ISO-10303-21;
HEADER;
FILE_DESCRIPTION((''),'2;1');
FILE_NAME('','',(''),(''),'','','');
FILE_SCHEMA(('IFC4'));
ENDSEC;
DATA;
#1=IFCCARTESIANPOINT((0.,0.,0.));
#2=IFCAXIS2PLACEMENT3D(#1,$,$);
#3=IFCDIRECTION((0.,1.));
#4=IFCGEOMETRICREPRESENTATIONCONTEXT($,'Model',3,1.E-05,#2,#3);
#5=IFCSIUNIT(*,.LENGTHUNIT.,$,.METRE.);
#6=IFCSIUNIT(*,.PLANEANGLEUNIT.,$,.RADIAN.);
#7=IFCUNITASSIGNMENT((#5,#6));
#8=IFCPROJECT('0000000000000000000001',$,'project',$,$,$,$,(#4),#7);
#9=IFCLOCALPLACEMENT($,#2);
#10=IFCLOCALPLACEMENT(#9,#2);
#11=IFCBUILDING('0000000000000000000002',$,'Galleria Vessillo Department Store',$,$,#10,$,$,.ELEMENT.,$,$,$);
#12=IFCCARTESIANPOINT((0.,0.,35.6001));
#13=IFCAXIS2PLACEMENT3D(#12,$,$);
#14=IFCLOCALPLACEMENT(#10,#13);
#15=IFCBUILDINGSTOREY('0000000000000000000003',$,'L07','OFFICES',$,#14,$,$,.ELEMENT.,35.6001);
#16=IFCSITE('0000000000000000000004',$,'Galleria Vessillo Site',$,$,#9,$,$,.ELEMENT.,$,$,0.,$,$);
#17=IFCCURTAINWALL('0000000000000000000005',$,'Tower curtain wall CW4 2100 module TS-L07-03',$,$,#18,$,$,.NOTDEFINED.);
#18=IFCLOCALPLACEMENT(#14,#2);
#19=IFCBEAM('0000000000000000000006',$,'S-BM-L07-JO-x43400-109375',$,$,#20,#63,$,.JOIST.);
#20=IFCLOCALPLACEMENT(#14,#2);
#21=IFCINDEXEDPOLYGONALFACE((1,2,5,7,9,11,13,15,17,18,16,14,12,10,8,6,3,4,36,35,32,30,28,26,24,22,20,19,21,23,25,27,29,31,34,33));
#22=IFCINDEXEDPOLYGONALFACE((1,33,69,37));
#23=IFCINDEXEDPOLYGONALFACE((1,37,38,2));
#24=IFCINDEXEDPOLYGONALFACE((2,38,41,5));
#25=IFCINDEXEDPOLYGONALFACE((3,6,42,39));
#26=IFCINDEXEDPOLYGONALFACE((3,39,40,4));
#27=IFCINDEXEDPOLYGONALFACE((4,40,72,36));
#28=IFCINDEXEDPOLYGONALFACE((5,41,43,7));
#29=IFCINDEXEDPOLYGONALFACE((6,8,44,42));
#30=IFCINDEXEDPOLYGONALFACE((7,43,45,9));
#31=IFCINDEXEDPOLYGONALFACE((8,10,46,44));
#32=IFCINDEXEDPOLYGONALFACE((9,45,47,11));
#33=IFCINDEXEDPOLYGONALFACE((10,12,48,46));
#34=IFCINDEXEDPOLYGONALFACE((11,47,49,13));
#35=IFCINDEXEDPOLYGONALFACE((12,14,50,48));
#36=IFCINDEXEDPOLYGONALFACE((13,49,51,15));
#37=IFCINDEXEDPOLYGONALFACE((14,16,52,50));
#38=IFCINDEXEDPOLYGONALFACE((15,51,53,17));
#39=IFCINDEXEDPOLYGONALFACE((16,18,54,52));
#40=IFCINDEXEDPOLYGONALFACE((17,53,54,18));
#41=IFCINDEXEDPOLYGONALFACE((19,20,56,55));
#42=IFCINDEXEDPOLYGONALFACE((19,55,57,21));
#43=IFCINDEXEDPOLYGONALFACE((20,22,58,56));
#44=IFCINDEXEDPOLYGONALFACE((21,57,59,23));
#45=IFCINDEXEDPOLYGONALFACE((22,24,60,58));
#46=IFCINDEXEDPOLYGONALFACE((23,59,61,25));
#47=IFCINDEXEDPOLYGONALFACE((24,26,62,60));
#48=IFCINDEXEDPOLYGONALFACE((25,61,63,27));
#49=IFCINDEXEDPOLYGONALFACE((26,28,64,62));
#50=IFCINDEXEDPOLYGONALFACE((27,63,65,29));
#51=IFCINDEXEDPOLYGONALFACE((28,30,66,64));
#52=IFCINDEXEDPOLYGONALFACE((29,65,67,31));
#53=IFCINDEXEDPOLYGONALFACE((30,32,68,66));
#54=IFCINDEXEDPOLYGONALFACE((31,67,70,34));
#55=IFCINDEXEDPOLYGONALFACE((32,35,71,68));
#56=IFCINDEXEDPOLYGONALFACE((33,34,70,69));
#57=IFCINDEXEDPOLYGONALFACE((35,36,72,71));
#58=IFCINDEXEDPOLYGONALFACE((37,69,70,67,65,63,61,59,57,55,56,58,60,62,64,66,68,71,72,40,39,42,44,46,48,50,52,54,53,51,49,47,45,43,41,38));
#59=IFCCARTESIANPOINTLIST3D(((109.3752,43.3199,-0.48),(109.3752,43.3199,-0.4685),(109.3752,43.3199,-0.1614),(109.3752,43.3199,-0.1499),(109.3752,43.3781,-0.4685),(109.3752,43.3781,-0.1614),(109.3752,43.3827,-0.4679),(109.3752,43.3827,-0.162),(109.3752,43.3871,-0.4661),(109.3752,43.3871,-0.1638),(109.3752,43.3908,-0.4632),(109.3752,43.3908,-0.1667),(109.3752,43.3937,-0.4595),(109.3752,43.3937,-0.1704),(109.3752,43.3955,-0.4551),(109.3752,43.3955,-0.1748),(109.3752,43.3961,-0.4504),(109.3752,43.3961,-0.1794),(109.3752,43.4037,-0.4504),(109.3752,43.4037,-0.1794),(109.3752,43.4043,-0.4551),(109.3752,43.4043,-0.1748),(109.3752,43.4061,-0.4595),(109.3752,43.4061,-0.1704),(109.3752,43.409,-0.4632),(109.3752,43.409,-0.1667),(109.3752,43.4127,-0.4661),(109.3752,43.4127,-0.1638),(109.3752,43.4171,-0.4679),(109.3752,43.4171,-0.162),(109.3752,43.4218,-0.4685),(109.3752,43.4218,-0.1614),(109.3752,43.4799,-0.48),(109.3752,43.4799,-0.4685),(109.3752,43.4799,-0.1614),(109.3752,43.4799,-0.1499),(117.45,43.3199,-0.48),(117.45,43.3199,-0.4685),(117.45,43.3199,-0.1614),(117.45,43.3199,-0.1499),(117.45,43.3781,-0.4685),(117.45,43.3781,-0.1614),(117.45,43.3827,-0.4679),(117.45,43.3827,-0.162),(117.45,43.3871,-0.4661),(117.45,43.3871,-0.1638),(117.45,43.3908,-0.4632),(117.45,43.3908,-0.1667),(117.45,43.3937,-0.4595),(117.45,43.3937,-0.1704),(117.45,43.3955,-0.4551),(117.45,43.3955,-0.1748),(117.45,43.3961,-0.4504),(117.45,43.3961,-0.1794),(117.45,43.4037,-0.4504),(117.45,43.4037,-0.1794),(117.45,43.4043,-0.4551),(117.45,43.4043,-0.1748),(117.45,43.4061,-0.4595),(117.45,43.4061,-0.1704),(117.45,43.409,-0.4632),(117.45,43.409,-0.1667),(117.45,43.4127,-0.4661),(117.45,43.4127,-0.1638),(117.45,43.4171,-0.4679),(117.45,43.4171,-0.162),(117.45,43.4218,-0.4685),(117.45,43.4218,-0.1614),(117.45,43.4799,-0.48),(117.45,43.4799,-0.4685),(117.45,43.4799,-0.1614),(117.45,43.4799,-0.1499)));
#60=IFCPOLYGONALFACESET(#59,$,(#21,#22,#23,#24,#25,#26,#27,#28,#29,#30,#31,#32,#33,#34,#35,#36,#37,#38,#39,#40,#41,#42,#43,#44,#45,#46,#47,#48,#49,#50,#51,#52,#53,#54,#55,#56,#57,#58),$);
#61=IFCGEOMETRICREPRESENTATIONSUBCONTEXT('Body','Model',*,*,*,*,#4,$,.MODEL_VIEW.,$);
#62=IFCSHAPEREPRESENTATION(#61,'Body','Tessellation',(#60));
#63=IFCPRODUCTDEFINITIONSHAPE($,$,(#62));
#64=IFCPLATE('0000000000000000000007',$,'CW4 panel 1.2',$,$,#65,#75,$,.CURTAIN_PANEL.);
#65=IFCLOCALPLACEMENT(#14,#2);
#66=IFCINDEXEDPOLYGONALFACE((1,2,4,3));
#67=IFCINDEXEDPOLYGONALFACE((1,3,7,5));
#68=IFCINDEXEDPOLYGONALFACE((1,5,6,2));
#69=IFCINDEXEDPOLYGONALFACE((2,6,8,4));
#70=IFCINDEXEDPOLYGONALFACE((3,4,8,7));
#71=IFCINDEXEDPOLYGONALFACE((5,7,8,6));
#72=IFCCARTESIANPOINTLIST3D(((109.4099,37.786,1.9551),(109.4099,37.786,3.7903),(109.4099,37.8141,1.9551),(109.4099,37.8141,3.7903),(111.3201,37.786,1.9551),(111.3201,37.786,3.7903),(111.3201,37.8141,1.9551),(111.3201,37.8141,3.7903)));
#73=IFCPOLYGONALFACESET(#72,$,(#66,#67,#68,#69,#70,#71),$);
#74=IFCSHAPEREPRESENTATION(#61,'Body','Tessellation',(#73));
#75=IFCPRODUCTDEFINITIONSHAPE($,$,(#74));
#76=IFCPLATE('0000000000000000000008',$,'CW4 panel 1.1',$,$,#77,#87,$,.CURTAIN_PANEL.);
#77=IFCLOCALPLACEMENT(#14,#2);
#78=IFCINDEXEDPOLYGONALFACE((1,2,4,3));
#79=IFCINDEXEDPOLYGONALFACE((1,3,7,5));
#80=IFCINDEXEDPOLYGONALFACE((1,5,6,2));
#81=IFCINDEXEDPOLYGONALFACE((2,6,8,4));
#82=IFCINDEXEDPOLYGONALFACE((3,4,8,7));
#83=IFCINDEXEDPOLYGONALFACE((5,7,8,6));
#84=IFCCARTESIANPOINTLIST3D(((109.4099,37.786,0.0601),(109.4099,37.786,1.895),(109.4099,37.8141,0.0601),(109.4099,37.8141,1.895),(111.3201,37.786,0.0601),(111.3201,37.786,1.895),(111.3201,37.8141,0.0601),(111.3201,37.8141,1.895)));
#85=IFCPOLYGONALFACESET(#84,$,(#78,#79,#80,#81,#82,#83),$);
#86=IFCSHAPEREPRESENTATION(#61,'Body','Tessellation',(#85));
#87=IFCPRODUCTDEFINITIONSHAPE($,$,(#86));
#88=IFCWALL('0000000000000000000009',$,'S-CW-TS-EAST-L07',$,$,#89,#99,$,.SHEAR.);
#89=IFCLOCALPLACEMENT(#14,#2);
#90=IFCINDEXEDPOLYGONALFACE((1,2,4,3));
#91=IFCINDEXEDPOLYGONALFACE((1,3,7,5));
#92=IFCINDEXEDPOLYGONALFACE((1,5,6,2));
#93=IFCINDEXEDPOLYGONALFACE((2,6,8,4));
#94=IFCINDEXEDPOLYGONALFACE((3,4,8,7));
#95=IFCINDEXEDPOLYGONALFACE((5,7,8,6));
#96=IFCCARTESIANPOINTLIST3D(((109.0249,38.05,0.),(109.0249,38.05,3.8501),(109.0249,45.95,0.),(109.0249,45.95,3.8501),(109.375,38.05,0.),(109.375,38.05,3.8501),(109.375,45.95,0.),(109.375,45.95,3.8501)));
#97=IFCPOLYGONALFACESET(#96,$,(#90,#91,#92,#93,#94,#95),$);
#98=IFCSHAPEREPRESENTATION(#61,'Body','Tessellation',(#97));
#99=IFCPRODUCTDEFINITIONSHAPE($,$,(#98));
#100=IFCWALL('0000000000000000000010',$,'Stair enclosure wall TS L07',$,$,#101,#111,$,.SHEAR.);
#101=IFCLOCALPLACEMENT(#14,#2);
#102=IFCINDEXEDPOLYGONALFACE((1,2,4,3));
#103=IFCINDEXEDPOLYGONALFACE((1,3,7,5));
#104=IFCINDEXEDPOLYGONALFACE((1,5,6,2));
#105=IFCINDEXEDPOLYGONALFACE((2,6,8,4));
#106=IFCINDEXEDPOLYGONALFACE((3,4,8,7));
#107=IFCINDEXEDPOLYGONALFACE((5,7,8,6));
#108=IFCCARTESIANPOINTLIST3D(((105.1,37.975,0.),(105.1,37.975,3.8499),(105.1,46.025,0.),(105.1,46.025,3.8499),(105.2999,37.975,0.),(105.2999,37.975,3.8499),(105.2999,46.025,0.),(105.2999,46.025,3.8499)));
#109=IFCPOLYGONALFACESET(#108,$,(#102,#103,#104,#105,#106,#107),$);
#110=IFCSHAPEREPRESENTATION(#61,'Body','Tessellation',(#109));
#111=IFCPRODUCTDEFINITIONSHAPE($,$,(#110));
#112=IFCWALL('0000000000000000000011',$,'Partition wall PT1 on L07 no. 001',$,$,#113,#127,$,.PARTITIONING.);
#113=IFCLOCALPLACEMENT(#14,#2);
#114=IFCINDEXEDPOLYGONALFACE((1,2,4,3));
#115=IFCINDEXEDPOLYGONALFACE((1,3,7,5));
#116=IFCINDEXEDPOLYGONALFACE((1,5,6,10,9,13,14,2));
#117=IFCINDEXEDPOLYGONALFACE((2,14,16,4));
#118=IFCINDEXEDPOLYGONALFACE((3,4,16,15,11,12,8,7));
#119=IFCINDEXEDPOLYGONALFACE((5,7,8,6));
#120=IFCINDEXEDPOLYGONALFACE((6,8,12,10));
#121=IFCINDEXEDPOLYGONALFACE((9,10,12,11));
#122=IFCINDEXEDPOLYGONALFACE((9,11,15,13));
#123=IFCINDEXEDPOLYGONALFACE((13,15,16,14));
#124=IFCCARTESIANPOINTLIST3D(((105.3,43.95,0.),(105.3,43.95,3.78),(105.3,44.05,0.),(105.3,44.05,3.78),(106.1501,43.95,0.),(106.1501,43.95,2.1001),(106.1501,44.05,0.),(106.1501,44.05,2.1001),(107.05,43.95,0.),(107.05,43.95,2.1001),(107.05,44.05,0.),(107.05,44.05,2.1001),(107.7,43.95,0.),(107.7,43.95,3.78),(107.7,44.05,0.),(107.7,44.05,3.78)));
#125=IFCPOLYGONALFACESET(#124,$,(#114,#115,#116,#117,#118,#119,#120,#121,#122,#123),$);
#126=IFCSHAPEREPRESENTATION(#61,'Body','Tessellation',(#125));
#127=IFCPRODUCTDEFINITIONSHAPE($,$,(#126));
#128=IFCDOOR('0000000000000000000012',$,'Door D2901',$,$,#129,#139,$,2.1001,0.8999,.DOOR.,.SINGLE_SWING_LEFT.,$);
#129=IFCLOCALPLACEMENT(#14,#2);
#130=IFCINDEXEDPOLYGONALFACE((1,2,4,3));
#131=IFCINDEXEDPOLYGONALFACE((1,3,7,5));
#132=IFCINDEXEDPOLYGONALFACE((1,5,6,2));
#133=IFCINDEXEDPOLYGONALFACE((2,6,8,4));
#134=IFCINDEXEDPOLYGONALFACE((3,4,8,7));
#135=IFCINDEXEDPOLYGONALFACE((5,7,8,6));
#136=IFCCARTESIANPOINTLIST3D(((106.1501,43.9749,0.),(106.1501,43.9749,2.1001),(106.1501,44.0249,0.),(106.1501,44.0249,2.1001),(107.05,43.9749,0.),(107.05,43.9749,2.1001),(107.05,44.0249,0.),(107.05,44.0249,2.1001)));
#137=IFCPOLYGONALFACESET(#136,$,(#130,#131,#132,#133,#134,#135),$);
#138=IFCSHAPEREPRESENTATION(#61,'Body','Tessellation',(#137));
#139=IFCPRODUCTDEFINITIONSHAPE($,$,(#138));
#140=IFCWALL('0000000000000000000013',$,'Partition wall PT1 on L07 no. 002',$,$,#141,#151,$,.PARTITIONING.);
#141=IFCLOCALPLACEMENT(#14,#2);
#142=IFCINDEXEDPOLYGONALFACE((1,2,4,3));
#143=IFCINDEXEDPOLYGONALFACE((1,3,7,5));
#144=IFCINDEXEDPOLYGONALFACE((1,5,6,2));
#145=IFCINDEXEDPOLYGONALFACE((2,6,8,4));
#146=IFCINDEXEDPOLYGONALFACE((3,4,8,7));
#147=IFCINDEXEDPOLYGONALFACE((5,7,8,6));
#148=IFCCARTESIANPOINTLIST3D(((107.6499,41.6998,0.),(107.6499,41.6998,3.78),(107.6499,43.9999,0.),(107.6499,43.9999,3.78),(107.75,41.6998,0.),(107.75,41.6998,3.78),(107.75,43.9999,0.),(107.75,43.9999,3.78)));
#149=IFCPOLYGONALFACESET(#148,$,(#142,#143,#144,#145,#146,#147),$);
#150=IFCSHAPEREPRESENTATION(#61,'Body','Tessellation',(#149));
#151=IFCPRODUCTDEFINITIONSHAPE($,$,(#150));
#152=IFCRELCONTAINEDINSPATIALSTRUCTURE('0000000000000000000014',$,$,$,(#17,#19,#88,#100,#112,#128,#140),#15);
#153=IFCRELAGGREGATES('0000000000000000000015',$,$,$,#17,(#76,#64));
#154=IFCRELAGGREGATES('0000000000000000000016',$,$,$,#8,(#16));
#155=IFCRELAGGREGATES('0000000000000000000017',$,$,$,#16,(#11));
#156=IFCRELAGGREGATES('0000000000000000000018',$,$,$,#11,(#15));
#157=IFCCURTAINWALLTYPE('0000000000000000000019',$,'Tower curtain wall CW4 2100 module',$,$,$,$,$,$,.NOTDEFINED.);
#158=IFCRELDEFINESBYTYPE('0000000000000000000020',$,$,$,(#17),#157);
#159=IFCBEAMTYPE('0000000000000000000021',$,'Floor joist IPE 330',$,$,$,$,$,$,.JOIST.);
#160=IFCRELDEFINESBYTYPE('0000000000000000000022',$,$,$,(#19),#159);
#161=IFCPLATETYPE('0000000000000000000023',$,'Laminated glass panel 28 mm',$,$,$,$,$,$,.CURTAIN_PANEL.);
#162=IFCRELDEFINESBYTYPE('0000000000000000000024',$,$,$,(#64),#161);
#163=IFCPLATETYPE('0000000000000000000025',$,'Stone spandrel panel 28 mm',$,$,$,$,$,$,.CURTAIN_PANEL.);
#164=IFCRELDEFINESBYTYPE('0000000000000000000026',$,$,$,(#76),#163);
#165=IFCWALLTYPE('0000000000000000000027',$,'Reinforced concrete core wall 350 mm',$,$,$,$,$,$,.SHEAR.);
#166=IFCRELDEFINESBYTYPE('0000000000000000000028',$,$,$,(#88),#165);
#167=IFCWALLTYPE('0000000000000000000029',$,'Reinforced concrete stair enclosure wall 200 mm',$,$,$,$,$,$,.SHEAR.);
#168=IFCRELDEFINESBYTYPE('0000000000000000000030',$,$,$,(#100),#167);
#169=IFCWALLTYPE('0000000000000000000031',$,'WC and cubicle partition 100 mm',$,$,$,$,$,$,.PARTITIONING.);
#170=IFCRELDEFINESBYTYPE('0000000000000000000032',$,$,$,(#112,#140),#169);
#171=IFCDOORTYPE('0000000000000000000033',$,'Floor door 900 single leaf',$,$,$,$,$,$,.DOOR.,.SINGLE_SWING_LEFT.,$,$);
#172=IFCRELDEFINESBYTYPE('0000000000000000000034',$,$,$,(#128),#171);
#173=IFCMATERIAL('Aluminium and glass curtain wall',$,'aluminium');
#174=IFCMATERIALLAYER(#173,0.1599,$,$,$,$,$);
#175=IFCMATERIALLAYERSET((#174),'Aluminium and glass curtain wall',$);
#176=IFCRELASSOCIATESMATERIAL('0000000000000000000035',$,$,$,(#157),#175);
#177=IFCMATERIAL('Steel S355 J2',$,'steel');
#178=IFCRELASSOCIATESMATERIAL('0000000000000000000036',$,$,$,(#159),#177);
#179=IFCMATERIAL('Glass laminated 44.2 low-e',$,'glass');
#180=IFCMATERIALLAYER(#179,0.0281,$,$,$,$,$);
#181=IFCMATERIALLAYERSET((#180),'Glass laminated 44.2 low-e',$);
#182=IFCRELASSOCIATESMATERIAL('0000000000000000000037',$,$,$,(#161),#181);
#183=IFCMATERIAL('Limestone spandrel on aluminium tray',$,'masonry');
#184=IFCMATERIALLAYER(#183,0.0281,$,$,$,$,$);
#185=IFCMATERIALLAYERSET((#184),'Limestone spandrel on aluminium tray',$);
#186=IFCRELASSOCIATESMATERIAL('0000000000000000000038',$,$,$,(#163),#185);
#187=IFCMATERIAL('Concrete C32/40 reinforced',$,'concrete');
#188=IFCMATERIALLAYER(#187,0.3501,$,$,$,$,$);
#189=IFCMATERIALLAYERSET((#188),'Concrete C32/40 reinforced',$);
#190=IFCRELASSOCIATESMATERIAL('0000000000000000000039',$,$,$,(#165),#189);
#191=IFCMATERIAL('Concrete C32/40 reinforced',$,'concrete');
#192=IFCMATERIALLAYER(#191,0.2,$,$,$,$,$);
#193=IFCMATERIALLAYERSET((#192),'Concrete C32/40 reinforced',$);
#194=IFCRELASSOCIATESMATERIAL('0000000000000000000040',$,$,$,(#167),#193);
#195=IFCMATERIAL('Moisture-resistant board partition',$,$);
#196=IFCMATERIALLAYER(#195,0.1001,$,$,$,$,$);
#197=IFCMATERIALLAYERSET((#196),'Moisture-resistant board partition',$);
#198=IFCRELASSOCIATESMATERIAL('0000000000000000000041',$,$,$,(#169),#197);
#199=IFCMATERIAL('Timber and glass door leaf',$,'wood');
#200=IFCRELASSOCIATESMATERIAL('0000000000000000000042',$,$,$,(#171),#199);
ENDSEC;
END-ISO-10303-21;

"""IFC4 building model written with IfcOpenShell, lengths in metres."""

from ifc_helpers import new_model, si_unit, direction, frame, frame_2d, origin, origin_2d, place, context, subcontext, project, spatial, rectangle, i_section, extrude, material, layer, layer_set, material_profile, profile_set, type_object, element, fill, aggregate, save


model = new_model("IFC4")

# Units and contexts
model_context = context("Model", 3, precision=1e-05, world=origin(), true_north=direction((0.0, 1.0)))
body_context = subcontext(model_context, "Body", "Model", "MODEL_VIEW")
ifc_project = project(units=[si_unit("LENGTHUNIT", "METRE"), si_unit("PLANEANGLEUNIT", "RADIAN")], contexts=[model_context])

# Site, building, storey
site_placement = place(None, origin())
site = spatial("IfcSite", under=ifc_project, at=site_placement, Name="Galleria Vessillo Site", CompositionType="ELEMENT", RefElevation=0.0)
building_placement = place(site_placement, origin())
building = spatial("IfcBuilding", under=site, at=building_placement, Name="Galleria Vessillo Department Store", CompositionType="ELEMENT")
storey_placement = place(building_placement, frame((0.0, 0.0, 35.6001)))
storey = spatial("IfcBuildingStorey", under=building, at=storey_placement, Name="L07", Description="OFFICES", CompositionType="ELEMENT", Elevation=35.6001)

# Curtain wall
ifc_material_1 = material(Name="Aluminium and glass curtain wall", Category="aluminium")
ifc_layer_1 = layer(ifc_material_1, 0.1599)
ifc_layer_set_1 = layer_set([ifc_layer_1], Name="Aluminium and glass curtain wall")
curtain_wall_type = type_object("IfcCurtainWallType", Name="Tower curtain wall CW4 2100 module", PredefinedType="NOTDEFINED", material=ifc_layer_set_1)
curtain_wall_placement = place(storey_placement, origin())
curtain_wall = element("IfcCurtainWall", 1, at=curtain_wall_placement, inside=storey, type_object=curtain_wall_type, Name="Tower curtain wall CW4 2100 module TS-L07-03", PredefinedType="NOTDEFINED")

# Beam
ifc_material_2 = material(Name="Steel S355 J2", Category="steel")
ifc_material_profile_1 = material_profile(ifc_material_2, i_section(OverallWidth=0.1599, OverallDepth=0.3301, WebThickness=0.0076, FlangeThickness=0.0115, FilletRadius=0.0181, at=origin_2d()), Name="IPE 330")
ifc_profile_set_1 = profile_set([ifc_material_profile_1], Name="Steel S355 J2")
beam_type = type_object("IfcBeamType", Name="Floor joist IPE 330", PredefinedType="JOIST", material=ifc_profile_set_1)
for number, where, z_axis, x_axis, name in (
    (2, (109.3752, 43.3999, -0.3149), (1.0, 0.0, 0.0), (0.0, 1.0, 0.0), "S-BM-L07-JO-x43400-109375"),
):
    element("IfcBeam", number, at=place(storey_placement, frame(where, z_axis=z_axis, x_axis=x_axis)), inside=storey, type_object=beam_type, Name=name, PredefinedType="JOIST", context=body_context, shape_type="SweptSolid", body=[
        extrude(i_section(OverallWidth=0.1599, OverallDepth=0.3301, WebThickness=0.0076, FlangeThickness=0.0115, FilletRadius=0.0181, at=origin_2d()), origin(), (0.0, 0.0, 1.0), 8.0747),
    ])

# Plates
ifc_material_3 = material(Name="Glass laminated 44.2 low-e", Category="glass")
ifc_layer_2 = layer(ifc_material_3, 0.0281)
ifc_layer_set_2 = layer_set([ifc_layer_2], Name="Glass laminated 44.2 low-e")
plate_type_1 = type_object("IfcPlateType", Name="Laminated glass panel 28 mm", PredefinedType="CURTAIN_PANEL", material=ifc_layer_set_2)
plate_1_placement = place(storey_placement, frame((110.365, 37.8, 1.9551), z_axis=(0.0, 0.0, 1.0), x_axis=(1.0, 0.0, 0.0)))
plate_1 = element("IfcPlate", 3, at=plate_1_placement, type_object=plate_type_1, Name="CW4 panel 1.2", PredefinedType="CURTAIN_PANEL", context=body_context, shape_type="SweptSolid", body=[
    extrude(rectangle(XDim=1.9102, YDim=0.0281, at=origin_2d()), origin(), (0.0, 0.0, 1.0), 1.8352),
])
ifc_material_4 = material(Name="Limestone spandrel on aluminium tray", Category="masonry")
ifc_layer_3 = layer(ifc_material_4, 0.0281)
ifc_layer_set_3 = layer_set([ifc_layer_3], Name="Limestone spandrel on aluminium tray")
plate_type_2 = type_object("IfcPlateType", Name="Stone spandrel panel 28 mm", PredefinedType="CURTAIN_PANEL", material=ifc_layer_set_3)
plate_2_placement = place(storey_placement, frame((110.365, 37.8, 0.0601), z_axis=(0.0, 0.0, 1.0), x_axis=(1.0, 0.0, 0.0)))
plate_2 = element("IfcPlate", 4, at=plate_2_placement, type_object=plate_type_2, Name="CW4 panel 1.1", PredefinedType="CURTAIN_PANEL", context=body_context, shape_type="SweptSolid", body=[
    extrude(rectangle(XDim=1.9102, YDim=0.0281, at=origin_2d()), origin(), (0.0, 0.0, 1.0), 1.835),
])
aggregate(curtain_wall, [plate_2, plate_1])

# Walls
ifc_material_5 = material(Name="Concrete C32/40 reinforced", Category="concrete")
ifc_layer_4 = layer(ifc_material_5, 0.3501)
ifc_layer_set_4 = layer_set([ifc_layer_4], Name="Concrete C32/40 reinforced")
wall_type_1 = type_object("IfcWallType", Name="Reinforced concrete core wall 350 mm", PredefinedType="SHEAR", material=ifc_layer_set_4)
wall_1_placement = place(storey_placement, frame((109.2, 38.05, 0.0), z_axis=(0.0, 0.0, 1.0), x_axis=(0.0, 1.0, 0.0)))
element("IfcWall", 5, at=wall_1_placement, inside=storey, type_object=wall_type_1, Name="S-CW-TS-EAST-L07", PredefinedType="SHEAR", context=body_context, shape_type="SweptSolid", body=[
    extrude(rectangle(XDim=7.8999, YDim=0.3501, at=frame_2d((3.95, 0.0))), origin(), (0.0, 0.0, 1.0), 3.8501),
])
ifc_material_6 = material(Name="Concrete C32/40 reinforced", Category="concrete")
ifc_layer_5 = layer(ifc_material_6, 0.2)
ifc_layer_set_5 = layer_set([ifc_layer_5], Name="Concrete C32/40 reinforced")
wall_type_2 = type_object("IfcWallType", Name="Reinforced concrete stair enclosure wall 200 mm", PredefinedType="SHEAR", material=ifc_layer_set_5)
wall_2_placement = place(storey_placement, frame((105.2, 37.9751, 0.0), z_axis=(0.0, 0.0, 1.0), x_axis=(0.0, 1.0, 0.0)))
element("IfcWall", 6, at=wall_2_placement, inside=storey, type_object=wall_type_2, Name="Stair enclosure wall TS L07", PredefinedType="SHEAR", context=body_context, shape_type="SweptSolid", body=[
    extrude(rectangle(XDim=8.05, YDim=0.2, at=frame_2d((4.0249, 0.0))), origin(), (0.0, 0.0, 1.0), 3.8499),
])

# Wall, opening, door
ifc_material_7 = material(Name="Moisture-resistant board partition")
ifc_layer_6 = layer(ifc_material_7, 0.1001)
ifc_layer_set_6 = layer_set([ifc_layer_6], Name="Moisture-resistant board partition")
wall_type_3 = type_object("IfcWallType", Name="WC and cubicle partition 100 mm", PredefinedType="PARTITIONING", material=ifc_layer_set_6)
wall_3_placement = place(storey_placement, frame((105.3, 44.0, 0.0), z_axis=(0.0, 0.0, 1.0), x_axis=(1.0, 0.0, 0.0)))
wall_3 = element("IfcWall", 7, at=wall_3_placement, inside=storey, type_object=wall_type_3, Name="Partition wall PT1 on L07 no. 001", PredefinedType="PARTITIONING", context=body_context, shape_type="SweptSolid", body=[
    extrude(rectangle(XDim=2.3999, YDim=0.1001, at=frame_2d((1.2, 0.0))), origin(), (0.0, 0.0, 1.0), 3.78),
])
opening_1_placement = place(wall_3_placement, frame((0.8501, 0.0, 0.0)))
opening_1 = element("IfcOpeningElement", 8, at=opening_1_placement, cuts=wall_3, PredefinedType="OPENING", context=body_context, shape_type="SweptSolid", body=[
    extrude(rectangle(XDim=0.8999, YDim=2.1001, at=frame_2d((0.45, 1.05))), frame((0.0, 0.0601, 0.0), z_axis=(0.0, -1.0, 0.0), x_axis=(1.0, 0.0, 0.0)), (0.0, 0.0, 1.0), 0.1201),
])
ifc_material_8 = material(Name="Timber and glass door leaf", Category="wood")
door_type_1 = type_object("IfcDoorType", Name="Floor door 900 single leaf", OperationType="SINGLE_SWING_LEFT", PredefinedType="DOOR", material=ifc_material_8)
door_1_placement = place(opening_1_placement, origin())
door_1 = element("IfcDoor", 9, at=door_1_placement, inside=storey, type_object=door_type_1, Name="Door D2901", OperationType="SINGLE_SWING_LEFT", OverallHeight=2.1001, OverallWidth=0.8999, PredefinedType="DOOR", context=body_context, shape_type="SweptSolid", body=[
    extrude(rectangle(XDim=0.8999, YDim=2.1001, at=frame_2d((0.45, 1.05))), frame((0.0, 0.0249, 0.0), z_axis=(0.0, -1.0, 0.0), x_axis=(1.0, 0.0, 0.0)), (0.0, 0.0, 1.0), 0.05),
])
fill(opening_1, door_1)

# Wall
wall_4_placement = place(storey_placement, frame((107.7, 41.7, 0.0), z_axis=(0.0, 0.0, 1.0), x_axis=(0.0, 1.0, 0.0)))
element("IfcWall", 10, at=wall_4_placement, inside=storey, type_object=wall_type_3, Name="Partition wall PT1 on L07 no. 002", PredefinedType="PARTITIONING", context=body_context, shape_type="SweptSolid", body=[
    extrude(rectangle(XDim=2.3, YDim=0.1001, at=frame_2d((1.1499, 0.0))), origin(), (0.0, 0.0, 1.0), 3.78),
])

save(model, "model.ifc")
